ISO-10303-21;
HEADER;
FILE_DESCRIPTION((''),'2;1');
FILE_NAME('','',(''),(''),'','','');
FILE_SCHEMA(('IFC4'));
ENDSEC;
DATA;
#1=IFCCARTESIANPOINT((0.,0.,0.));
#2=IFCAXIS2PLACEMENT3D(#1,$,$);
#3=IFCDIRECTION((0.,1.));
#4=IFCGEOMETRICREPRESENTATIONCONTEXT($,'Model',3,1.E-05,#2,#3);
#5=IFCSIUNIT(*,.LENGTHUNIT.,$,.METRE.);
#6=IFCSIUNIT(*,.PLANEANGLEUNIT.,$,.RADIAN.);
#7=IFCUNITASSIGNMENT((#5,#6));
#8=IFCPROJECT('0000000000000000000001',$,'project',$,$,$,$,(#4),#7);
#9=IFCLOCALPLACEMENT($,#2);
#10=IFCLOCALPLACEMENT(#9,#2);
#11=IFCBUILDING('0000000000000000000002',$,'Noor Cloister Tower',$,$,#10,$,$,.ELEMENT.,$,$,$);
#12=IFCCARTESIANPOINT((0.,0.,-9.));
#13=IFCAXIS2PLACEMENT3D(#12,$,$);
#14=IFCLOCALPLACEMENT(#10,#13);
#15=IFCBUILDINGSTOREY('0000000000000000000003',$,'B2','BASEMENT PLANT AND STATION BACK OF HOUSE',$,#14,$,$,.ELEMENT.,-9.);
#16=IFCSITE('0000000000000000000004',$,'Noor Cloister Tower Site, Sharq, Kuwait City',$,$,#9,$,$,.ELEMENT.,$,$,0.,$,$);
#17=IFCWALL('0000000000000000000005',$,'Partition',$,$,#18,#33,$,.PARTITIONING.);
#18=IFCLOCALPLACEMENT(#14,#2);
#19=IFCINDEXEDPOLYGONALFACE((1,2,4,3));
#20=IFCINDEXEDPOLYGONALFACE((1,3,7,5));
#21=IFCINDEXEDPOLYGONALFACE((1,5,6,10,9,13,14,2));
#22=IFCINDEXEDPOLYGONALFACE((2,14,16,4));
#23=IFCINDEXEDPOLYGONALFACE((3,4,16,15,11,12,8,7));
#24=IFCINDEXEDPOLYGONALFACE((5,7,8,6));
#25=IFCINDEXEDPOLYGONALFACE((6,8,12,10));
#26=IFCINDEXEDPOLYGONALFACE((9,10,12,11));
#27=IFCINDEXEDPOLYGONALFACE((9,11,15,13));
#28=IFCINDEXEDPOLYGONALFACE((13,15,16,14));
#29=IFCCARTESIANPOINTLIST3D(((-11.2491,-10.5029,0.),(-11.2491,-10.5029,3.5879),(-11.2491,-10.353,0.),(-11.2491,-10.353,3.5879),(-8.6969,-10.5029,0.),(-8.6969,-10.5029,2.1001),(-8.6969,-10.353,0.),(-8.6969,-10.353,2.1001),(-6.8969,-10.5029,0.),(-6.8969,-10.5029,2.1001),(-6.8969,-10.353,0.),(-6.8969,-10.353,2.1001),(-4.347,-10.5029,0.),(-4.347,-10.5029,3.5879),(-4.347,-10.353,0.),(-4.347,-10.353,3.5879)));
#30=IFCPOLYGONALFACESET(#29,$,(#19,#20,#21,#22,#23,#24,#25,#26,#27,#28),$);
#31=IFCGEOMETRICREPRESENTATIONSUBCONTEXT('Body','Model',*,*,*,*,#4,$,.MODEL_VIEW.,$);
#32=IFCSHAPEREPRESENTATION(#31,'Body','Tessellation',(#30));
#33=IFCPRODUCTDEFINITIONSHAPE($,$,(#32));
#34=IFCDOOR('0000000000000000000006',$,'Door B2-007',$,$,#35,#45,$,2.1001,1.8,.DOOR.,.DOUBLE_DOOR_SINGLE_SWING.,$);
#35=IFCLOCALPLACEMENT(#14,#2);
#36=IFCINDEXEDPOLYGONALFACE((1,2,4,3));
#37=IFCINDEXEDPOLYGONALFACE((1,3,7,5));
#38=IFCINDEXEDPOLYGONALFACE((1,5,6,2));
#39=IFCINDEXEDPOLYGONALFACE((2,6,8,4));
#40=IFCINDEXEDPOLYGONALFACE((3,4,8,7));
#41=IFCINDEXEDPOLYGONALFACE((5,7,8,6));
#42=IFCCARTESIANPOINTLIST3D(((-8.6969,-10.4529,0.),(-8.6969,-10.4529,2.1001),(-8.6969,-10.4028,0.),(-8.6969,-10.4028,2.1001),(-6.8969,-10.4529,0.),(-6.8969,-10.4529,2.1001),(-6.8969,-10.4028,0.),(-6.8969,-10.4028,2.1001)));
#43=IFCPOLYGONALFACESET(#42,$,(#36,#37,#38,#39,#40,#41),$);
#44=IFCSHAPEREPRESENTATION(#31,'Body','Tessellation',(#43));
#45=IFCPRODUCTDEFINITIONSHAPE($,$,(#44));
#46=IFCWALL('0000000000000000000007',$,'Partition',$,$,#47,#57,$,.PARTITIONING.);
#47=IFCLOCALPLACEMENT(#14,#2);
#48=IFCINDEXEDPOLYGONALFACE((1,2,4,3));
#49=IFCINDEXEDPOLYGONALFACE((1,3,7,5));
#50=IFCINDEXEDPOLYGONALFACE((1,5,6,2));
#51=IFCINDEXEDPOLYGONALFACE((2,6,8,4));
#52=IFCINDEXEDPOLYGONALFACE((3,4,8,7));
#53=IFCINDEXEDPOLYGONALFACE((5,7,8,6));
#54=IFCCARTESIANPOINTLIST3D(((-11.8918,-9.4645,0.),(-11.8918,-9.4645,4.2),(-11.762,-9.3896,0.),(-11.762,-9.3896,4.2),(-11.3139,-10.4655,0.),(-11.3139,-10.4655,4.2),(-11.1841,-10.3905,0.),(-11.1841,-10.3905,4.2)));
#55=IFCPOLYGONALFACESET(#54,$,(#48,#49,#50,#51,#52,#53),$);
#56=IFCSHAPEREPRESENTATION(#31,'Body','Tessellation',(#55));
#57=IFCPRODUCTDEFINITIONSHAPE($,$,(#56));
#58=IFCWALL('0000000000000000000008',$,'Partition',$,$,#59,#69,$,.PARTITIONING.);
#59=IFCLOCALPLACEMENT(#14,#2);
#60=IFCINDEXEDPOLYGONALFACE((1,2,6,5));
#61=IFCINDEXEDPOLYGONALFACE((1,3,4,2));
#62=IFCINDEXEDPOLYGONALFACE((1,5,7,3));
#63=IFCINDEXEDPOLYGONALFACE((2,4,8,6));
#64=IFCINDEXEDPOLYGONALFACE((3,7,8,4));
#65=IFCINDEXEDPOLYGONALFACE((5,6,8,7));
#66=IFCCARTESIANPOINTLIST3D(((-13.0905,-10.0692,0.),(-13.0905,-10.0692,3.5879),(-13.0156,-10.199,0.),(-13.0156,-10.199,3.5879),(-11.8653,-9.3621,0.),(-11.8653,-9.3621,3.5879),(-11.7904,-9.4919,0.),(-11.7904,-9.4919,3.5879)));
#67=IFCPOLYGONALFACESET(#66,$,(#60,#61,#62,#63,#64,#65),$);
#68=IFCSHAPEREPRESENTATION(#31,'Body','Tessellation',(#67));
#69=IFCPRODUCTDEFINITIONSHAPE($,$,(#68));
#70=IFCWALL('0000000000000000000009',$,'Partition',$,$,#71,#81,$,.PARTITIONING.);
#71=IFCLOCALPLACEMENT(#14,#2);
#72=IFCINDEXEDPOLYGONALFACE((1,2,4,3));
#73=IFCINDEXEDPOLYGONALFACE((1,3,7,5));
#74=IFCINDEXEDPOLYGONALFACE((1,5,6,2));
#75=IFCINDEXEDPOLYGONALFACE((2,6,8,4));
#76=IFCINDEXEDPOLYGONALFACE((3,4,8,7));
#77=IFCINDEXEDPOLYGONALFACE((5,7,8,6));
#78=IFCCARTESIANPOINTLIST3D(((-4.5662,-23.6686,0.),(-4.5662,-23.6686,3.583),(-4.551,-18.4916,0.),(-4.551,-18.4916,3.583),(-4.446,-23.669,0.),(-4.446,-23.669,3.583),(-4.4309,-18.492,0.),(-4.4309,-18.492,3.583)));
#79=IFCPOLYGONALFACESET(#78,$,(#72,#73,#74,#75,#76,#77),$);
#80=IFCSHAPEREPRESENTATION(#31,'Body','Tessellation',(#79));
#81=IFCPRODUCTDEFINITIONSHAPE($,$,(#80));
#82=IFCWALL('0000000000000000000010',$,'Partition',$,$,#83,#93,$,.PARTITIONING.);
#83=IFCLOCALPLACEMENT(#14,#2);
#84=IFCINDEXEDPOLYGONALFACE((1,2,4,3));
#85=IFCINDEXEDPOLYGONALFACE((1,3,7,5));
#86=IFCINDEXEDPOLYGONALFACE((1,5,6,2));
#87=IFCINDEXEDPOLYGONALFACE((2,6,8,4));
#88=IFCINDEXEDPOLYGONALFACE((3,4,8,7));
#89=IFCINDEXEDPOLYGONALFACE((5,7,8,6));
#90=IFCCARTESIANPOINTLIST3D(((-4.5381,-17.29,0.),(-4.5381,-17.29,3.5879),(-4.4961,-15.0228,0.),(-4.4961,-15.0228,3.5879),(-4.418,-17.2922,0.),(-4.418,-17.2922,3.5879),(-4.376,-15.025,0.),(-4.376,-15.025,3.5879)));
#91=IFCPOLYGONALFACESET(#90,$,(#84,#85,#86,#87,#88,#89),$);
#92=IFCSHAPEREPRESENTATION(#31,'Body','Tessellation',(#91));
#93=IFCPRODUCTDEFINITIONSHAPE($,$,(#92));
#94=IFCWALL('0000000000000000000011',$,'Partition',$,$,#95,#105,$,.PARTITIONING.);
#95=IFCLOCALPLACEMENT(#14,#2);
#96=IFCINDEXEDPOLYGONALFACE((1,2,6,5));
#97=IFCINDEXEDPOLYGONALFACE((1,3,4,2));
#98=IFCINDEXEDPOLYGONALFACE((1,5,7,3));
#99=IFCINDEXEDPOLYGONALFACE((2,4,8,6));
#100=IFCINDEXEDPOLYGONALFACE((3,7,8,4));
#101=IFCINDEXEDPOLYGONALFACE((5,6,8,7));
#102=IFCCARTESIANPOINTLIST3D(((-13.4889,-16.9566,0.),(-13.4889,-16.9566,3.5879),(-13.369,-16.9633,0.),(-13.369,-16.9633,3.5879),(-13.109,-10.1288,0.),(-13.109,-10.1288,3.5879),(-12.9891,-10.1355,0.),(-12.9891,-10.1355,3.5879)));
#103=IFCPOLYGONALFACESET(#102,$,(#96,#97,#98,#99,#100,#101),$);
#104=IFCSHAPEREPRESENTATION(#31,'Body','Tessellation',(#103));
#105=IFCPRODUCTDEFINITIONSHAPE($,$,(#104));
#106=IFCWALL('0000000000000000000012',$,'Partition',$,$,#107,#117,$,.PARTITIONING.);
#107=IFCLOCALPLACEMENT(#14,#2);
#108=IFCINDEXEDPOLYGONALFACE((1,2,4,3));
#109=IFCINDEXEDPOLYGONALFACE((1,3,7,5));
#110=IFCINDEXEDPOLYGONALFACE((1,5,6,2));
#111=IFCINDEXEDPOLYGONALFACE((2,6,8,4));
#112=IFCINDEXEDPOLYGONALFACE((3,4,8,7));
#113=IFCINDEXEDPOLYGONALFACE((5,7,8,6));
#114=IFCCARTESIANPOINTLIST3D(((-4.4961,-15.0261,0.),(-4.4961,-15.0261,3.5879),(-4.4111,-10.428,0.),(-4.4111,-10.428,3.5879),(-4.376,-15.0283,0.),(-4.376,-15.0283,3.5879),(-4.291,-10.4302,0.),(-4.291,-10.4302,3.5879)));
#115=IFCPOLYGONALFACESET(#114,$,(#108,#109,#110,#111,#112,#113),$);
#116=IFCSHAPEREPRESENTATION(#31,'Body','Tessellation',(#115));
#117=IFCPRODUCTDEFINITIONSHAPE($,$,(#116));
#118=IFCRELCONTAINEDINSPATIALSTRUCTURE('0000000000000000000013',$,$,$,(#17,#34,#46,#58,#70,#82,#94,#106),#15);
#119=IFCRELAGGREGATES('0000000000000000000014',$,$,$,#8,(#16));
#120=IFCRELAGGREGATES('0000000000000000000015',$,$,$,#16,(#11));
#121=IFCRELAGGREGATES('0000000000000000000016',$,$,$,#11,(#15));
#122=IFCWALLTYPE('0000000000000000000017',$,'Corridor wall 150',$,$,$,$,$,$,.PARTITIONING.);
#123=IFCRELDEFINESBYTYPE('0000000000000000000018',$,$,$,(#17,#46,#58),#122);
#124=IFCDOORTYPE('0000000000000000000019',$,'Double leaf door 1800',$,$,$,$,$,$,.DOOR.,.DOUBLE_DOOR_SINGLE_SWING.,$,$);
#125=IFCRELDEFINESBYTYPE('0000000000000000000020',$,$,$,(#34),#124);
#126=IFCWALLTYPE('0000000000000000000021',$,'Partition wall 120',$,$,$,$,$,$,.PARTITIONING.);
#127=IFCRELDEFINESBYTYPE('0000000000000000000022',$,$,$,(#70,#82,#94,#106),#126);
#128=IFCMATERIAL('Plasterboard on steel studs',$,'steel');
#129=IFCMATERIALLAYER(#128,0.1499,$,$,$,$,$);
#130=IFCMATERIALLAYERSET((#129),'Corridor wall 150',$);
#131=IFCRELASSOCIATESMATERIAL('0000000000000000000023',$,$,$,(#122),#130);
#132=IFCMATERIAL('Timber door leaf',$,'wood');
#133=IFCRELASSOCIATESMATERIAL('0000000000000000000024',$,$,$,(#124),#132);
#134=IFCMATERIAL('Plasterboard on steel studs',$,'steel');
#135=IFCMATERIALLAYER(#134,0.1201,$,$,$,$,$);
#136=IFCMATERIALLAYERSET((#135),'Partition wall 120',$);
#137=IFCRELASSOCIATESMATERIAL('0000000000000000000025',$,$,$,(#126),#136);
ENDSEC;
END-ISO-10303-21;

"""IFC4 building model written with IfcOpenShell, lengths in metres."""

from ifc_helpers import new_model, si_unit, direction, frame, frame_2d, origin, place, context, subcontext, project, spatial, rectangle, extrude, material, layer, layer_set, type_object, element, fill, save


model = new_model("IFC4")

# Units and contexts
model_context = context("Model", 3, precision=1e-05, world=origin(), true_north=direction((0.0, 1.0)))
body_context = subcontext(model_context, "Body", "Model", "MODEL_VIEW")
ifc_project = project(units=[si_unit("LENGTHUNIT", "METRE"), si_unit("PLANEANGLEUNIT", "RADIAN")], contexts=[model_context])

# Site, building, storey
site_placement = place(None, origin())
site = spatial("IfcSite", under=ifc_project, at=site_placement, Name="Noor Cloister Tower Site, Sharq, Kuwait City", CompositionType="ELEMENT", RefElevation=0.0)
building_placement = place(site_placement, origin())
building = spatial("IfcBuilding", under=site, at=building_placement, Name="Noor Cloister Tower", CompositionType="ELEMENT")
storey_placement = place(building_placement, frame((0.0, 0.0, -9.0)))
storey = spatial("IfcBuildingStorey", under=building, at=storey_placement, Name="B2", Description="BASEMENT PLANT AND STATION BACK OF HOUSE", CompositionType="ELEMENT", Elevation=-9.0)

# Wall, opening, door
ifc_material_1 = material(Name="Plasterboard on steel studs", Category="steel")
ifc_layer_1 = layer(ifc_material_1, 0.1499)
ifc_layer_set_1 = layer_set([ifc_layer_1], Name="Corridor wall 150")
wall_type_1 = type_object("IfcWallType", Name="Corridor wall 150", PredefinedType="PARTITIONING", material=ifc_layer_set_1)
ifc_material_2 = material(Name="Timber door leaf", Category="wood")
door_type = type_object("IfcDoorType", Name="Double leaf door 1800", OperationType="DOUBLE_DOOR_SINGLE_SWING", PredefinedType="DOOR", material=ifc_material_2)
wall_1_placement = place(storey_placement, frame((-4.3469, -10.428, 0.0), z_axis=(0.0, 0.0, 1.0), x_axis=(-1.0, 0.0, 0.0)))
wall_1 = element("IfcWall", 1, at=wall_1_placement, inside=storey, type_object=wall_type_1, Name="Partition", PredefinedType="PARTITIONING", context=body_context, shape_type="SweptSolid", body=[
    extrude(rectangle(XDim=6.9021, YDim=0.1499, at=frame_2d((3.4512, 0.0))), origin(), (0.0, 0.0, 1.0), 3.5879),
])
opening_1_placement = place(wall_1_placement, frame((2.55, 0.0, 0.0)))
opening_1 = element("IfcOpeningElement", 2, at=opening_1_placement, cuts=wall_1, PredefinedType="OPENING", context=body_context, shape_type="SweptSolid", body=[
    extrude(rectangle(XDim=1.8, YDim=2.1001, at=frame_2d((0.8999, 1.05))), frame((0.0, 0.085, 0.0), z_axis=(0.0, -1.0, 0.0), x_axis=(1.0, 0.0, 0.0)), (0.0, 0.0, 1.0), 0.1699),
])
door_1_placement = place(opening_1_placement, origin())
door_1 = element("IfcDoor", 3, at=door_1_placement, inside=storey, type_object=door_type, Name="Door B2-007", OperationType="DOUBLE_DOOR_SINGLE_SWING", OverallHeight=2.1001, OverallWidth=1.8, PredefinedType="DOOR", context=body_context, shape_type="SweptSolid", body=[
    extrude(rectangle(XDim=1.8, YDim=2.1001, at=frame_2d((0.8999, 1.05))), frame((0.0, 0.0249, 0.0), z_axis=(0.0, -1.0, 0.0), x_axis=(1.0, 0.0, 0.0)), (0.0, 0.0, 1.0), 0.05),
])
fill(opening_1, door_1)

# Walls
wall_2_placement = place(storey_placement, frame((-11.249, -10.428, 0.0), z_axis=(0.0, 0.0, 1.0), x_axis=(-0.499978, 0.866038, 0.0)))
element("IfcWall", 4, at=wall_2_placement, inside=storey, type_object=wall_type_1, Name="Partition", PredefinedType="PARTITIONING", context=body_context, shape_type="SweptSolid", body=[
    extrude(rectangle(XDim=1.1558, YDim=0.1499, at=frame_2d((0.5779, 0.0))), origin(), (0.0, 0.0, 1.0), 4.2),
])
wall_3_placement = place(storey_placement, frame((-11.8279, -9.427, 0.0), z_axis=(0.0, 0.0, 1.0), x_axis=(-0.866111, -0.499852, 0.0)))
element("IfcWall", 5, at=wall_3_placement, inside=storey, type_object=wall_type_1, Name="Partition", PredefinedType="PARTITIONING", context=body_context, shape_type="SweptSolid", body=[
    extrude(rectangle(XDim=1.4146, YDim=0.1499, at=frame_2d((0.7073, 0.0))), origin(), (0.0, 0.0, 1.0), 3.5879),
])
ifc_material_3 = material(Name="Plasterboard on steel studs", Category="steel")
ifc_layer_2 = layer(ifc_material_3, 0.1201)
ifc_layer_set_2 = layer_set([ifc_layer_2], Name="Partition wall 120")
wall_type_2 = type_object("IfcWallType", Name="Partition wall 120", PredefinedType="PARTITIONING", material=ifc_layer_set_2)
wall_4_placement = place(storey_placement, frame((-4.491, -18.4919, 0.0), z_axis=(0.0, 0.0, 1.0), x_axis=(-0.002924, -0.999996, 0.0)))
element("IfcWall", 6, at=wall_4_placement, inside=storey, type_object=wall_type_2, Name="Partition", PredefinedType="PARTITIONING", context=body_context, shape_type="SweptSolid", body=[
    extrude(rectangle(XDim=5.177, YDim=0.1201, at=frame_2d((2.5884, 0.0))), origin(), (0.0, 0.0, 1.0), 3.583),
])
wall_5_placement = place(storey_placement, frame((-4.436, -15.0239, 0.0), z_axis=(0.0, 0.0, 1.0), x_axis=(-0.018519, -0.999829, 0.0)))
element("IfcWall", 7, at=wall_5_placement, inside=storey, type_object=wall_type_2, Name="Partition", PredefinedType="PARTITIONING", context=body_context, shape_type="SweptSolid", body=[
    extrude(rectangle(XDim=2.2676, YDim=0.1201, at=frame_2d((1.1338, 0.0))), origin(), (0.0, 0.0, 1.0), 3.5879),
])
wall_6_placement = place(storey_placement, frame((-13.429, -16.96, 0.0), z_axis=(0.0, 0.0, 1.0), x_axis=(0.055551, 0.998456, 0.0)))
element("IfcWall", 8, at=wall_6_placement, inside=storey, type_object=wall_type_2, Name="Partition", PredefinedType="PARTITIONING", context=body_context, shape_type="SweptSolid", body=[
    extrude(rectangle(XDim=6.8384, YDim=0.1201, at=frame_2d((3.4192, 0.0))), origin(), (0.0, 0.0, 1.0), 3.5879),
])
wall_7_placement = place(storey_placement, frame((-4.436, -15.0271, 0.0), z_axis=(0.0, 0.0, 1.0), x_axis=(0.018474, 0.999829, 0.0)))
element("IfcWall", 9, at=wall_7_placement, inside=storey, type_object=wall_type_2, Name="Partition", PredefinedType="PARTITIONING", context=body_context, shape_type="SweptSolid", body=[
    extrude(rectangle(XDim=4.5989, YDim=0.1201, at=frame_2d((2.2993, 0.0))), origin(), (0.0, 0.0, 1.0), 3.5879),
])

save(model, "model.ifc")
